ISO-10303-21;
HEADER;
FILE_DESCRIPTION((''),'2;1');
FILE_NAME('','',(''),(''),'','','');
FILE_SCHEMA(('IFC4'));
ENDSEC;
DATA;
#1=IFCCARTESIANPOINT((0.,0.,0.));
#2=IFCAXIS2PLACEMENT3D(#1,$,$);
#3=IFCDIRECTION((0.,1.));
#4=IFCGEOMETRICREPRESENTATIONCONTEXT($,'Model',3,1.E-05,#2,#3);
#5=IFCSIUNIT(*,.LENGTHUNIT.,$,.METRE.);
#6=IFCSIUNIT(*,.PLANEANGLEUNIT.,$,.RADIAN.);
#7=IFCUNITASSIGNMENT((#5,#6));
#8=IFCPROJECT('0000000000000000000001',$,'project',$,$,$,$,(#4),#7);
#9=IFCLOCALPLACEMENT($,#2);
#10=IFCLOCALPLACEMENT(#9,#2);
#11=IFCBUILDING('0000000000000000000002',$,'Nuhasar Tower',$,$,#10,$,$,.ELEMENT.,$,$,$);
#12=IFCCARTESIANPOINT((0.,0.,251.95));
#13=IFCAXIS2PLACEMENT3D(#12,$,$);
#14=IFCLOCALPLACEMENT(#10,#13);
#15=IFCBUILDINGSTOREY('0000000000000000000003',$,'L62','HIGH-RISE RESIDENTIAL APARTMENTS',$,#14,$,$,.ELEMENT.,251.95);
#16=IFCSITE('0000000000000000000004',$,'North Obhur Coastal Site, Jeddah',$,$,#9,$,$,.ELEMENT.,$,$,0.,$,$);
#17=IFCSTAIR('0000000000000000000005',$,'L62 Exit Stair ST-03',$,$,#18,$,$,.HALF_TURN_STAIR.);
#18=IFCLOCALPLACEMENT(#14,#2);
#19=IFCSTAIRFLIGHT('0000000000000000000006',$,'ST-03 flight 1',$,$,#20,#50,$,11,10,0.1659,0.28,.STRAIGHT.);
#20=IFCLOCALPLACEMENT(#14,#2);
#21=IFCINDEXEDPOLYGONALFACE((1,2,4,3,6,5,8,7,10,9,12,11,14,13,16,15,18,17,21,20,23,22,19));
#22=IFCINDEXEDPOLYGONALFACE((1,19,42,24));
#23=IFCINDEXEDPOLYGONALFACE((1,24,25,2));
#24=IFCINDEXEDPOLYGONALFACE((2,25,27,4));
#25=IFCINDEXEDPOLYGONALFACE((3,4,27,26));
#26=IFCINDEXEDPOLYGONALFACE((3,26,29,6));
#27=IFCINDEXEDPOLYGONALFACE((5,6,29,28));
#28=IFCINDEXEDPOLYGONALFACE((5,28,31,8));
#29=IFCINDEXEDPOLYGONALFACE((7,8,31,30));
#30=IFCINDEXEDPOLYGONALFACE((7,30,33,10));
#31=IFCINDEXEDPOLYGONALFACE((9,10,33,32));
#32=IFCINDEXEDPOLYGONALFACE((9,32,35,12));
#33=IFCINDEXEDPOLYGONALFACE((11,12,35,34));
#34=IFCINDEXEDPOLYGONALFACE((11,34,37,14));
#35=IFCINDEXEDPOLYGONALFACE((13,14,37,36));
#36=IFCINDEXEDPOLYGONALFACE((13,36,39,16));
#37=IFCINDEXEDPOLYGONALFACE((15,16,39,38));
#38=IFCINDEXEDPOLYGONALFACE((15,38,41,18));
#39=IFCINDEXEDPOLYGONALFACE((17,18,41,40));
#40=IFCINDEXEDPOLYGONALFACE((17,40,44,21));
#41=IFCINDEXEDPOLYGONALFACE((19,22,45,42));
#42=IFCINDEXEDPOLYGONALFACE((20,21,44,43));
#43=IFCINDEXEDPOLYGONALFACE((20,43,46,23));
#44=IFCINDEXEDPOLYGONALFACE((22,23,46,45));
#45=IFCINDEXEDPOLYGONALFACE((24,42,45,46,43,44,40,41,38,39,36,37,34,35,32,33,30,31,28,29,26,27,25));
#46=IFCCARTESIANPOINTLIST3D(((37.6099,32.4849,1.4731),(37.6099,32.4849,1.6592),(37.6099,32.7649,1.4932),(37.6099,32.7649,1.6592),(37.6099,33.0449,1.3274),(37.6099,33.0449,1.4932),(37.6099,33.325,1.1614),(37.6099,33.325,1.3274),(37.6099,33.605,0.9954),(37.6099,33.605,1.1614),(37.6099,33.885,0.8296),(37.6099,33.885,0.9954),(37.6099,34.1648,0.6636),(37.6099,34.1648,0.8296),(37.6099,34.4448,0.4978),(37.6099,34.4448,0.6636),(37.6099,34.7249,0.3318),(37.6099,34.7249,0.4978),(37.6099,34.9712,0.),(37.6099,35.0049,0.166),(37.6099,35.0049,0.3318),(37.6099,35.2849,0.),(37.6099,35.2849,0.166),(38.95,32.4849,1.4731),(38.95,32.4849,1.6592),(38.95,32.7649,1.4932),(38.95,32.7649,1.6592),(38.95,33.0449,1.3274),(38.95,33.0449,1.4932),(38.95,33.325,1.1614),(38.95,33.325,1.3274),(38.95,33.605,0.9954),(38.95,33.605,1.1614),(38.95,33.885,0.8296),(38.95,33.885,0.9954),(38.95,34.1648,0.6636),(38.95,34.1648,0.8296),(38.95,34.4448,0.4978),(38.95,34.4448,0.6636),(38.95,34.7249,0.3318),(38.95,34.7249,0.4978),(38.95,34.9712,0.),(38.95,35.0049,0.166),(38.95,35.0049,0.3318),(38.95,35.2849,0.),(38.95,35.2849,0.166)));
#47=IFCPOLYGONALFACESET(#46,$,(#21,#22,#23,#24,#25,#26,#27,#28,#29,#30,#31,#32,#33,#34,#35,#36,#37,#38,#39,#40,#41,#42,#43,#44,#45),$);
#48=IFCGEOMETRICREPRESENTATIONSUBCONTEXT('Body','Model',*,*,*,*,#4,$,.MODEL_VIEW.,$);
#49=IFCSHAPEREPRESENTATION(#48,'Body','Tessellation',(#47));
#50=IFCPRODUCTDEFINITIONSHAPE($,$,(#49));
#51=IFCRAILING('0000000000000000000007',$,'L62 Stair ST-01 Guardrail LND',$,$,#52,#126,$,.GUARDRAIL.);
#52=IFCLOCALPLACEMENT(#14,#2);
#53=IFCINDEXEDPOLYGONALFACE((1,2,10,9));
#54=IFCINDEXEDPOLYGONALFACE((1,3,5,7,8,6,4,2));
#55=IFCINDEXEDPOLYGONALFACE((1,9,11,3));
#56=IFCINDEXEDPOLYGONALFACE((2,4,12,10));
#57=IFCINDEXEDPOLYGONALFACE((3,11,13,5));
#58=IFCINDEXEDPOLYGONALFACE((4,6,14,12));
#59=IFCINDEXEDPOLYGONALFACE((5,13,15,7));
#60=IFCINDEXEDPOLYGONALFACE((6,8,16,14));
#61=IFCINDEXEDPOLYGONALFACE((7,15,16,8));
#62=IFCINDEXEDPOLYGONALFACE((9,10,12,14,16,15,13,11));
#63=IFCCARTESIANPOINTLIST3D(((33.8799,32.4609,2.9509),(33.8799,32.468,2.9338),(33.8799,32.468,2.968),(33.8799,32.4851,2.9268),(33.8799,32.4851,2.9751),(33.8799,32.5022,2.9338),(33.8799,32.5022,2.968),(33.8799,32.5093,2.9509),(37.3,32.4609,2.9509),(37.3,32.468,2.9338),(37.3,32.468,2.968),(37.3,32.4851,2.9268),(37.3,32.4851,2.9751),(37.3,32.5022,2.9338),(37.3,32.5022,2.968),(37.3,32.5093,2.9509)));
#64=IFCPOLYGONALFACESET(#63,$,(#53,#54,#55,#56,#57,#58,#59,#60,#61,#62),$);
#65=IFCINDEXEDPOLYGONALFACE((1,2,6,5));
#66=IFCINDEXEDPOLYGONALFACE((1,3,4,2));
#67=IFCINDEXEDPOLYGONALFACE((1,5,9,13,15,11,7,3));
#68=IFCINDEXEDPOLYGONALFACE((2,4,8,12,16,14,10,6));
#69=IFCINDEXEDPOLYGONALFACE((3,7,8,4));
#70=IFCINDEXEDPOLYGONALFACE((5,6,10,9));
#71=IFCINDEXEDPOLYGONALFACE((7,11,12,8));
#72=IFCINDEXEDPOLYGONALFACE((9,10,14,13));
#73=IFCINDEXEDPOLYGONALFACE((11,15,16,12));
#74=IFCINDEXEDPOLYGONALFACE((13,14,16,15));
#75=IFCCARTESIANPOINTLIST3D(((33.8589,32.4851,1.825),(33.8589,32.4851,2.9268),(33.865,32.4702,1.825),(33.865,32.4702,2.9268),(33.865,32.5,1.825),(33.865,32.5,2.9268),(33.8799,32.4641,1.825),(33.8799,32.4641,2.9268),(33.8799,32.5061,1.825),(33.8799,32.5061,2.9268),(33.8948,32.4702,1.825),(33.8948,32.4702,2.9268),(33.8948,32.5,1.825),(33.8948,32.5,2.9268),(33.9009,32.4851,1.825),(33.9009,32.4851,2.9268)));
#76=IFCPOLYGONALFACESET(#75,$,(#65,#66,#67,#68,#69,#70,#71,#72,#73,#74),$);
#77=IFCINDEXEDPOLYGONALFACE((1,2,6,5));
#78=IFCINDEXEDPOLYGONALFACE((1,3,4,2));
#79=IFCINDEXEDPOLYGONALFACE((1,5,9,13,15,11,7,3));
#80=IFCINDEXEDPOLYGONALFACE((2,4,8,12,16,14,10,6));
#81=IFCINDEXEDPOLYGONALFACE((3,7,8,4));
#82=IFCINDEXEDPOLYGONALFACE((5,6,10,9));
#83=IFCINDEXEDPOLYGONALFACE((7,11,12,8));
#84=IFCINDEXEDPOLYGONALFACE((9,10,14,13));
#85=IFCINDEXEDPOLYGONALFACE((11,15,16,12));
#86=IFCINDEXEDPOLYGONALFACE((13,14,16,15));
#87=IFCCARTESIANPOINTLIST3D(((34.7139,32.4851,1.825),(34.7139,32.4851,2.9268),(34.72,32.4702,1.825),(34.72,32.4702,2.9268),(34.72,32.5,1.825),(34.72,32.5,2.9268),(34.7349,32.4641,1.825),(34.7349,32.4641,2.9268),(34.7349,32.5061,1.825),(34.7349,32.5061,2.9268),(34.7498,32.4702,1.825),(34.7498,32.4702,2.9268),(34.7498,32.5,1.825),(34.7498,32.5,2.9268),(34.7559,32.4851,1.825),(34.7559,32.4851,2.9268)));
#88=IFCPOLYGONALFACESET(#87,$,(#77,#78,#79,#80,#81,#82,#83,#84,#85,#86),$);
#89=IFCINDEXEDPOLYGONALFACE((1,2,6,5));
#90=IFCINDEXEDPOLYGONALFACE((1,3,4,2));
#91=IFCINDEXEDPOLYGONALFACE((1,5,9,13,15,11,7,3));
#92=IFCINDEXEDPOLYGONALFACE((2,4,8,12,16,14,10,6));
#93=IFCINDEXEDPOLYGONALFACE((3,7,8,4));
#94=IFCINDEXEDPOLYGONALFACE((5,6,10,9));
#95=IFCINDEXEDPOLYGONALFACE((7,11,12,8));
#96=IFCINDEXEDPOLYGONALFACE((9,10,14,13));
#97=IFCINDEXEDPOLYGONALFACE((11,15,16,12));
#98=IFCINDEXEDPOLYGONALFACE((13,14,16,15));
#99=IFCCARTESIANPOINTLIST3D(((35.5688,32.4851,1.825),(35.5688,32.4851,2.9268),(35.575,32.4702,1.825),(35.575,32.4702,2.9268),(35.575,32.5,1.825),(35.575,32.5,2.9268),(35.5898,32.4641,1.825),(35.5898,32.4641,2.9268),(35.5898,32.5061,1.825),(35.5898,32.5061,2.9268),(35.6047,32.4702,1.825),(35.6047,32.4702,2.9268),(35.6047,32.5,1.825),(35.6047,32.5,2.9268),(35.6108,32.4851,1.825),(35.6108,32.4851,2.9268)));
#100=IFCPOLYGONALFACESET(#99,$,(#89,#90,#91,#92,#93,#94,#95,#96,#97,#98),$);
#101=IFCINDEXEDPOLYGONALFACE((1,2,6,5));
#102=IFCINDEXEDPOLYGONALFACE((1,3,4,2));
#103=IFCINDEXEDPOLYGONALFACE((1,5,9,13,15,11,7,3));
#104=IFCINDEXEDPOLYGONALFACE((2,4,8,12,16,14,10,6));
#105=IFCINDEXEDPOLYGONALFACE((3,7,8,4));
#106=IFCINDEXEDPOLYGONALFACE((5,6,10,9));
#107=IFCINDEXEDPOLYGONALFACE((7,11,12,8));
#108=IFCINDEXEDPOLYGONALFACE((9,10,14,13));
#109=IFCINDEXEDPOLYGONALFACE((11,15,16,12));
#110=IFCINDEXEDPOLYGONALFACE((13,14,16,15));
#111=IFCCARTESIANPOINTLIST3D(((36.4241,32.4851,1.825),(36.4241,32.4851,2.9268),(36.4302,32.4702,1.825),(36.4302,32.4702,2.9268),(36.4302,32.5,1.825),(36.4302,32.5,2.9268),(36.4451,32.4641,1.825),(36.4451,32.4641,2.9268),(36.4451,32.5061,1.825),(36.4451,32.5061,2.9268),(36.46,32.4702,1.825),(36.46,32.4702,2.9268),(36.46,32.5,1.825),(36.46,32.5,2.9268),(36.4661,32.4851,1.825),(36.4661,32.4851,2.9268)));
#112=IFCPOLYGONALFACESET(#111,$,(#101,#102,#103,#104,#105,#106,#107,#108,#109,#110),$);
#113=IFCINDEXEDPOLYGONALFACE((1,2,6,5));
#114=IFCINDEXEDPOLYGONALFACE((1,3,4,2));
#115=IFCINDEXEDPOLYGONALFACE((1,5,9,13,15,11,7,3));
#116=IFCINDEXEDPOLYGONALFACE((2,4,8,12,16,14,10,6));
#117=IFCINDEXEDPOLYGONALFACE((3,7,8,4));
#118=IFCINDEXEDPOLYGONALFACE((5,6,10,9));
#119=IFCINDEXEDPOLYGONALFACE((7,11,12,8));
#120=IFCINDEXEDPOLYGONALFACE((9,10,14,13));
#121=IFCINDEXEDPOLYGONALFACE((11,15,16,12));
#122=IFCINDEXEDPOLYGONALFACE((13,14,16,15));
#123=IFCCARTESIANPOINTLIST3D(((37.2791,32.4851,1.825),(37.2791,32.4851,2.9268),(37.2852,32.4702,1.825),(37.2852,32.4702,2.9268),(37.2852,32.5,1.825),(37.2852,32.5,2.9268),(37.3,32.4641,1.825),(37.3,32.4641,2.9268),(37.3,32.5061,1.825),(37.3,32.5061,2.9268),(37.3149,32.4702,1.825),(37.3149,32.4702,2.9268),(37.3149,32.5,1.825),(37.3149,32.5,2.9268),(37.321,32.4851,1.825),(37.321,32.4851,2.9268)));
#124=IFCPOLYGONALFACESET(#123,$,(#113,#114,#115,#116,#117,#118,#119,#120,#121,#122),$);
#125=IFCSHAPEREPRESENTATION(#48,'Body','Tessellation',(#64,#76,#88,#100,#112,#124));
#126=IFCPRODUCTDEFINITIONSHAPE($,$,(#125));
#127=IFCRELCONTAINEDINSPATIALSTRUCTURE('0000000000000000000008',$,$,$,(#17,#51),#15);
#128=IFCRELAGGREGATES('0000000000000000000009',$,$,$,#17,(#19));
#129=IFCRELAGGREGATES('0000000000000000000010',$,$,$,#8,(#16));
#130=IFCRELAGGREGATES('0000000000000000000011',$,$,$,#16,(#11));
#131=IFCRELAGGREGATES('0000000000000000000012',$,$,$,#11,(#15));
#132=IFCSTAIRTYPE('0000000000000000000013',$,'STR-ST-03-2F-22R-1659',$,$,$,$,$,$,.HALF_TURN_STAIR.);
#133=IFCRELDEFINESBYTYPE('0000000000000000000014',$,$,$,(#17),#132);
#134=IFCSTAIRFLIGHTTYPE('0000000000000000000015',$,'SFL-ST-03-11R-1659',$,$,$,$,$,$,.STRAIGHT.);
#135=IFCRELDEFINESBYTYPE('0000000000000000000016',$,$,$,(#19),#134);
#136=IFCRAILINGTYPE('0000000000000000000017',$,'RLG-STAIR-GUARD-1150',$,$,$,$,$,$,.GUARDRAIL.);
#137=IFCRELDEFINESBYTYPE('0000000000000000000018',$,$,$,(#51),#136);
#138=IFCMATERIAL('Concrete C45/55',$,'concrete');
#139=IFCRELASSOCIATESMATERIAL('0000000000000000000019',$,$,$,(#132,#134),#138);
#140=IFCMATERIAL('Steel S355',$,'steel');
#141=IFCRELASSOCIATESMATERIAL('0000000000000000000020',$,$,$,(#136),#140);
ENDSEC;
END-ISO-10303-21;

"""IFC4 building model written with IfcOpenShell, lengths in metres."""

from ifc_helpers import new_model, si_unit, direction, frame, origin, place, context, subcontext, project, spatial, polyline, outline, extrude, material, type_object, element, aggregate, save


model = new_model("IFC4")

# Units and contexts
model_context = context("Model", 3, precision=1e-05, world=origin(), true_north=direction((0.0, 1.0)))
body_context = subcontext(model_context, "Body", "Model", "MODEL_VIEW")
ifc_project = project(units=[si_unit("LENGTHUNIT", "METRE"), si_unit("PLANEANGLEUNIT", "RADIAN")], contexts=[model_context])

# Site, building, storey
site_placement = place(None, origin())
site = spatial("IfcSite", under=ifc_project, at=site_placement, Name="North Obhur Coastal Site, Jeddah", CompositionType="ELEMENT", RefElevation=0.0)
building_placement = place(site_placement, origin())
building = spatial("IfcBuilding", under=site, at=building_placement, Name="Nuhasar Tower", CompositionType="ELEMENT")
storey_placement = place(building_placement, frame((0.0, 0.0, 251.95)))
storey = spatial("IfcBuildingStorey", under=building, at=storey_placement, Name="L62", Description="HIGH-RISE RESIDENTIAL APARTMENTS", CompositionType="ELEMENT", Elevation=251.95)

# Shared definitions
ifc_material_1 = material(Name="Steel S355", Category="steel")

# Shared definitions
ifc_material_2 = material(Name="Concrete C45/55", Category="concrete")

# Stair, stair flight
stair_type_1 = type_object("IfcStairType", Name="STR-ST-03-2F-22R-1659", PredefinedType="HALF_TURN_STAIR", material=ifc_material_2)
stair_1_placement = place(storey_placement, origin())
stair_1 = element("IfcStair", 1, at=stair_1_placement, inside=storey, type_object=stair_type_1, Name="L62 Exit Stair ST-03", PredefinedType="HALF_TURN_STAIR")
stair_flight_type_1 = type_object("IfcStairFlightType", Name="SFL-ST-03-11R-1659", PredefinedType="STRAIGHT", material=ifc_material_2)
stair_flight_1_placement = place(storey_placement, frame((38.28, 35.2849, 0.0), z_axis=(0.0, 0.0, 1.0), x_axis=(0.0, -1.0, 0.0)))
stair_flight_1 = element("IfcStairFlight", 2, at=stair_flight_1_placement, type_object=stair_flight_type_1, Name="ST-03 flight 1", NumberOfRisers=11, NumberOfTreads=10, PredefinedType="STRAIGHT", RiserHeight=0.1659, TreadLength=0.28, context=body_context, shape_type="SweptSolid", body=[
    extrude(outline(polyline([(0.0, 0.0), (0.0, 0.166), (0.28, 0.166), (0.28, 0.3318), (0.5601, 0.3318), (0.5601, 0.4978), (0.8401, 0.4978), (0.8401, 0.6636), (1.1201, 0.6636), (1.1201, 0.8296), (1.3999, 0.8296), (1.3999, 0.9954), (1.6799, 0.9954), (1.6799, 1.1614), (1.96, 1.1614), (1.96, 1.3274), (2.24, 1.3274), (2.24, 1.4932), (2.52, 1.4932), (2.52, 1.6592), (2.8, 1.6592), (2.8, 1.825), (2.8, 1.4731), (0.3137, 0.0), (0.0, 0.0)])), frame((0.0, 0.6699, 0.0), z_axis=(0.0, -1.0, 0.0), x_axis=(1.0, 0.0, 0.0)), (0.0, 0.0, 1.0), 1.3401),
])
aggregate(stair_1, [stair_flight_1])

# Railing
railing_type_1 = type_object("IfcRailingType", Name="RLG-STAIR-GUARD-1150", PredefinedType="GUARDRAIL", material=ifc_material_1)
railing_1_placement = place(storey_placement, frame((33.8799, 32.4851, 1.825)))
element("IfcRailing", 3, at=railing_1_placement, inside=storey, type_object=railing_type_1, Name="L62 Stair ST-01 Guardrail LND", PredefinedType="GUARDRAIL", context=body_context, shape_type="SweptSolid", body=[
    extrude(outline(polyline([(0.0242, 0.0), (0.0171, 0.0171), (0.0, 0.0242), (-0.0171, 0.0171), (-0.0242, 0.0), (-0.0171, -0.0171), (0.0, -0.0242), (0.0171, -0.0171), (0.0242, 0.0)])), frame((0.0, 0.0, 1.126), z_axis=(1.0, 0.0, 0.0), x_axis=(0.0, 1.0, 0.0)), (0.0, 0.0, 1.0), 3.4202),
    extrude(outline(polyline([(0.021, 0.0), (0.0149, 0.0149), (0.0, 0.021), (-0.0149, 0.0149), (-0.021, 0.0), (-0.0149, -0.0149), (0.0, -0.021), (0.0149, -0.0149), (0.021, 0.0)])), origin(), (0.0, 0.0, 1.0), 1.1018),
    extrude(outline(polyline([(0.021, 0.0), (0.0149, 0.0149), (0.0, 0.021), (-0.0149, 0.0149), (-0.021, 0.0), (-0.0149, -0.0149), (0.0, -0.021), (0.0149, -0.0149), (0.021, 0.0)])), frame((0.855, 0.0, 0.0)), (0.0, 0.0, 1.0), 1.1018),
    extrude(outline(polyline([(0.021, 0.0), (0.0149, 0.0149), (0.0, 0.021), (-0.0149, 0.0149), (-0.021, 0.0), (-0.0149, -0.0149), (0.0, -0.021), (0.0149, -0.0149), (0.021, 0.0)])), frame((1.71, 0.0, 0.0)), (0.0, 0.0, 1.0), 1.1018),
    extrude(outline(polyline([(0.021, 0.0), (0.0149, 0.0149), (0.0, 0.021), (-0.0149, 0.0149), (-0.021, 0.0), (-0.0149, -0.0149), (0.0, -0.021), (0.0149, -0.0149), (0.021, 0.0)])), frame((2.5652, 0.0, 0.0)), (0.0, 0.0, 1.0), 1.1018),
    extrude(outline(polyline([(0.021, 0.0), (0.0149, 0.0149), (0.0, 0.021), (-0.0149, 0.0149), (-0.021, 0.0), (-0.0149, -0.0149), (0.0, -0.021), (0.0149, -0.0149), (0.021, 0.0)])), frame((3.4202, 0.0, 0.0)), (0.0, 0.0, 1.0), 1.1018),
])

save(model, "model.ifc")
